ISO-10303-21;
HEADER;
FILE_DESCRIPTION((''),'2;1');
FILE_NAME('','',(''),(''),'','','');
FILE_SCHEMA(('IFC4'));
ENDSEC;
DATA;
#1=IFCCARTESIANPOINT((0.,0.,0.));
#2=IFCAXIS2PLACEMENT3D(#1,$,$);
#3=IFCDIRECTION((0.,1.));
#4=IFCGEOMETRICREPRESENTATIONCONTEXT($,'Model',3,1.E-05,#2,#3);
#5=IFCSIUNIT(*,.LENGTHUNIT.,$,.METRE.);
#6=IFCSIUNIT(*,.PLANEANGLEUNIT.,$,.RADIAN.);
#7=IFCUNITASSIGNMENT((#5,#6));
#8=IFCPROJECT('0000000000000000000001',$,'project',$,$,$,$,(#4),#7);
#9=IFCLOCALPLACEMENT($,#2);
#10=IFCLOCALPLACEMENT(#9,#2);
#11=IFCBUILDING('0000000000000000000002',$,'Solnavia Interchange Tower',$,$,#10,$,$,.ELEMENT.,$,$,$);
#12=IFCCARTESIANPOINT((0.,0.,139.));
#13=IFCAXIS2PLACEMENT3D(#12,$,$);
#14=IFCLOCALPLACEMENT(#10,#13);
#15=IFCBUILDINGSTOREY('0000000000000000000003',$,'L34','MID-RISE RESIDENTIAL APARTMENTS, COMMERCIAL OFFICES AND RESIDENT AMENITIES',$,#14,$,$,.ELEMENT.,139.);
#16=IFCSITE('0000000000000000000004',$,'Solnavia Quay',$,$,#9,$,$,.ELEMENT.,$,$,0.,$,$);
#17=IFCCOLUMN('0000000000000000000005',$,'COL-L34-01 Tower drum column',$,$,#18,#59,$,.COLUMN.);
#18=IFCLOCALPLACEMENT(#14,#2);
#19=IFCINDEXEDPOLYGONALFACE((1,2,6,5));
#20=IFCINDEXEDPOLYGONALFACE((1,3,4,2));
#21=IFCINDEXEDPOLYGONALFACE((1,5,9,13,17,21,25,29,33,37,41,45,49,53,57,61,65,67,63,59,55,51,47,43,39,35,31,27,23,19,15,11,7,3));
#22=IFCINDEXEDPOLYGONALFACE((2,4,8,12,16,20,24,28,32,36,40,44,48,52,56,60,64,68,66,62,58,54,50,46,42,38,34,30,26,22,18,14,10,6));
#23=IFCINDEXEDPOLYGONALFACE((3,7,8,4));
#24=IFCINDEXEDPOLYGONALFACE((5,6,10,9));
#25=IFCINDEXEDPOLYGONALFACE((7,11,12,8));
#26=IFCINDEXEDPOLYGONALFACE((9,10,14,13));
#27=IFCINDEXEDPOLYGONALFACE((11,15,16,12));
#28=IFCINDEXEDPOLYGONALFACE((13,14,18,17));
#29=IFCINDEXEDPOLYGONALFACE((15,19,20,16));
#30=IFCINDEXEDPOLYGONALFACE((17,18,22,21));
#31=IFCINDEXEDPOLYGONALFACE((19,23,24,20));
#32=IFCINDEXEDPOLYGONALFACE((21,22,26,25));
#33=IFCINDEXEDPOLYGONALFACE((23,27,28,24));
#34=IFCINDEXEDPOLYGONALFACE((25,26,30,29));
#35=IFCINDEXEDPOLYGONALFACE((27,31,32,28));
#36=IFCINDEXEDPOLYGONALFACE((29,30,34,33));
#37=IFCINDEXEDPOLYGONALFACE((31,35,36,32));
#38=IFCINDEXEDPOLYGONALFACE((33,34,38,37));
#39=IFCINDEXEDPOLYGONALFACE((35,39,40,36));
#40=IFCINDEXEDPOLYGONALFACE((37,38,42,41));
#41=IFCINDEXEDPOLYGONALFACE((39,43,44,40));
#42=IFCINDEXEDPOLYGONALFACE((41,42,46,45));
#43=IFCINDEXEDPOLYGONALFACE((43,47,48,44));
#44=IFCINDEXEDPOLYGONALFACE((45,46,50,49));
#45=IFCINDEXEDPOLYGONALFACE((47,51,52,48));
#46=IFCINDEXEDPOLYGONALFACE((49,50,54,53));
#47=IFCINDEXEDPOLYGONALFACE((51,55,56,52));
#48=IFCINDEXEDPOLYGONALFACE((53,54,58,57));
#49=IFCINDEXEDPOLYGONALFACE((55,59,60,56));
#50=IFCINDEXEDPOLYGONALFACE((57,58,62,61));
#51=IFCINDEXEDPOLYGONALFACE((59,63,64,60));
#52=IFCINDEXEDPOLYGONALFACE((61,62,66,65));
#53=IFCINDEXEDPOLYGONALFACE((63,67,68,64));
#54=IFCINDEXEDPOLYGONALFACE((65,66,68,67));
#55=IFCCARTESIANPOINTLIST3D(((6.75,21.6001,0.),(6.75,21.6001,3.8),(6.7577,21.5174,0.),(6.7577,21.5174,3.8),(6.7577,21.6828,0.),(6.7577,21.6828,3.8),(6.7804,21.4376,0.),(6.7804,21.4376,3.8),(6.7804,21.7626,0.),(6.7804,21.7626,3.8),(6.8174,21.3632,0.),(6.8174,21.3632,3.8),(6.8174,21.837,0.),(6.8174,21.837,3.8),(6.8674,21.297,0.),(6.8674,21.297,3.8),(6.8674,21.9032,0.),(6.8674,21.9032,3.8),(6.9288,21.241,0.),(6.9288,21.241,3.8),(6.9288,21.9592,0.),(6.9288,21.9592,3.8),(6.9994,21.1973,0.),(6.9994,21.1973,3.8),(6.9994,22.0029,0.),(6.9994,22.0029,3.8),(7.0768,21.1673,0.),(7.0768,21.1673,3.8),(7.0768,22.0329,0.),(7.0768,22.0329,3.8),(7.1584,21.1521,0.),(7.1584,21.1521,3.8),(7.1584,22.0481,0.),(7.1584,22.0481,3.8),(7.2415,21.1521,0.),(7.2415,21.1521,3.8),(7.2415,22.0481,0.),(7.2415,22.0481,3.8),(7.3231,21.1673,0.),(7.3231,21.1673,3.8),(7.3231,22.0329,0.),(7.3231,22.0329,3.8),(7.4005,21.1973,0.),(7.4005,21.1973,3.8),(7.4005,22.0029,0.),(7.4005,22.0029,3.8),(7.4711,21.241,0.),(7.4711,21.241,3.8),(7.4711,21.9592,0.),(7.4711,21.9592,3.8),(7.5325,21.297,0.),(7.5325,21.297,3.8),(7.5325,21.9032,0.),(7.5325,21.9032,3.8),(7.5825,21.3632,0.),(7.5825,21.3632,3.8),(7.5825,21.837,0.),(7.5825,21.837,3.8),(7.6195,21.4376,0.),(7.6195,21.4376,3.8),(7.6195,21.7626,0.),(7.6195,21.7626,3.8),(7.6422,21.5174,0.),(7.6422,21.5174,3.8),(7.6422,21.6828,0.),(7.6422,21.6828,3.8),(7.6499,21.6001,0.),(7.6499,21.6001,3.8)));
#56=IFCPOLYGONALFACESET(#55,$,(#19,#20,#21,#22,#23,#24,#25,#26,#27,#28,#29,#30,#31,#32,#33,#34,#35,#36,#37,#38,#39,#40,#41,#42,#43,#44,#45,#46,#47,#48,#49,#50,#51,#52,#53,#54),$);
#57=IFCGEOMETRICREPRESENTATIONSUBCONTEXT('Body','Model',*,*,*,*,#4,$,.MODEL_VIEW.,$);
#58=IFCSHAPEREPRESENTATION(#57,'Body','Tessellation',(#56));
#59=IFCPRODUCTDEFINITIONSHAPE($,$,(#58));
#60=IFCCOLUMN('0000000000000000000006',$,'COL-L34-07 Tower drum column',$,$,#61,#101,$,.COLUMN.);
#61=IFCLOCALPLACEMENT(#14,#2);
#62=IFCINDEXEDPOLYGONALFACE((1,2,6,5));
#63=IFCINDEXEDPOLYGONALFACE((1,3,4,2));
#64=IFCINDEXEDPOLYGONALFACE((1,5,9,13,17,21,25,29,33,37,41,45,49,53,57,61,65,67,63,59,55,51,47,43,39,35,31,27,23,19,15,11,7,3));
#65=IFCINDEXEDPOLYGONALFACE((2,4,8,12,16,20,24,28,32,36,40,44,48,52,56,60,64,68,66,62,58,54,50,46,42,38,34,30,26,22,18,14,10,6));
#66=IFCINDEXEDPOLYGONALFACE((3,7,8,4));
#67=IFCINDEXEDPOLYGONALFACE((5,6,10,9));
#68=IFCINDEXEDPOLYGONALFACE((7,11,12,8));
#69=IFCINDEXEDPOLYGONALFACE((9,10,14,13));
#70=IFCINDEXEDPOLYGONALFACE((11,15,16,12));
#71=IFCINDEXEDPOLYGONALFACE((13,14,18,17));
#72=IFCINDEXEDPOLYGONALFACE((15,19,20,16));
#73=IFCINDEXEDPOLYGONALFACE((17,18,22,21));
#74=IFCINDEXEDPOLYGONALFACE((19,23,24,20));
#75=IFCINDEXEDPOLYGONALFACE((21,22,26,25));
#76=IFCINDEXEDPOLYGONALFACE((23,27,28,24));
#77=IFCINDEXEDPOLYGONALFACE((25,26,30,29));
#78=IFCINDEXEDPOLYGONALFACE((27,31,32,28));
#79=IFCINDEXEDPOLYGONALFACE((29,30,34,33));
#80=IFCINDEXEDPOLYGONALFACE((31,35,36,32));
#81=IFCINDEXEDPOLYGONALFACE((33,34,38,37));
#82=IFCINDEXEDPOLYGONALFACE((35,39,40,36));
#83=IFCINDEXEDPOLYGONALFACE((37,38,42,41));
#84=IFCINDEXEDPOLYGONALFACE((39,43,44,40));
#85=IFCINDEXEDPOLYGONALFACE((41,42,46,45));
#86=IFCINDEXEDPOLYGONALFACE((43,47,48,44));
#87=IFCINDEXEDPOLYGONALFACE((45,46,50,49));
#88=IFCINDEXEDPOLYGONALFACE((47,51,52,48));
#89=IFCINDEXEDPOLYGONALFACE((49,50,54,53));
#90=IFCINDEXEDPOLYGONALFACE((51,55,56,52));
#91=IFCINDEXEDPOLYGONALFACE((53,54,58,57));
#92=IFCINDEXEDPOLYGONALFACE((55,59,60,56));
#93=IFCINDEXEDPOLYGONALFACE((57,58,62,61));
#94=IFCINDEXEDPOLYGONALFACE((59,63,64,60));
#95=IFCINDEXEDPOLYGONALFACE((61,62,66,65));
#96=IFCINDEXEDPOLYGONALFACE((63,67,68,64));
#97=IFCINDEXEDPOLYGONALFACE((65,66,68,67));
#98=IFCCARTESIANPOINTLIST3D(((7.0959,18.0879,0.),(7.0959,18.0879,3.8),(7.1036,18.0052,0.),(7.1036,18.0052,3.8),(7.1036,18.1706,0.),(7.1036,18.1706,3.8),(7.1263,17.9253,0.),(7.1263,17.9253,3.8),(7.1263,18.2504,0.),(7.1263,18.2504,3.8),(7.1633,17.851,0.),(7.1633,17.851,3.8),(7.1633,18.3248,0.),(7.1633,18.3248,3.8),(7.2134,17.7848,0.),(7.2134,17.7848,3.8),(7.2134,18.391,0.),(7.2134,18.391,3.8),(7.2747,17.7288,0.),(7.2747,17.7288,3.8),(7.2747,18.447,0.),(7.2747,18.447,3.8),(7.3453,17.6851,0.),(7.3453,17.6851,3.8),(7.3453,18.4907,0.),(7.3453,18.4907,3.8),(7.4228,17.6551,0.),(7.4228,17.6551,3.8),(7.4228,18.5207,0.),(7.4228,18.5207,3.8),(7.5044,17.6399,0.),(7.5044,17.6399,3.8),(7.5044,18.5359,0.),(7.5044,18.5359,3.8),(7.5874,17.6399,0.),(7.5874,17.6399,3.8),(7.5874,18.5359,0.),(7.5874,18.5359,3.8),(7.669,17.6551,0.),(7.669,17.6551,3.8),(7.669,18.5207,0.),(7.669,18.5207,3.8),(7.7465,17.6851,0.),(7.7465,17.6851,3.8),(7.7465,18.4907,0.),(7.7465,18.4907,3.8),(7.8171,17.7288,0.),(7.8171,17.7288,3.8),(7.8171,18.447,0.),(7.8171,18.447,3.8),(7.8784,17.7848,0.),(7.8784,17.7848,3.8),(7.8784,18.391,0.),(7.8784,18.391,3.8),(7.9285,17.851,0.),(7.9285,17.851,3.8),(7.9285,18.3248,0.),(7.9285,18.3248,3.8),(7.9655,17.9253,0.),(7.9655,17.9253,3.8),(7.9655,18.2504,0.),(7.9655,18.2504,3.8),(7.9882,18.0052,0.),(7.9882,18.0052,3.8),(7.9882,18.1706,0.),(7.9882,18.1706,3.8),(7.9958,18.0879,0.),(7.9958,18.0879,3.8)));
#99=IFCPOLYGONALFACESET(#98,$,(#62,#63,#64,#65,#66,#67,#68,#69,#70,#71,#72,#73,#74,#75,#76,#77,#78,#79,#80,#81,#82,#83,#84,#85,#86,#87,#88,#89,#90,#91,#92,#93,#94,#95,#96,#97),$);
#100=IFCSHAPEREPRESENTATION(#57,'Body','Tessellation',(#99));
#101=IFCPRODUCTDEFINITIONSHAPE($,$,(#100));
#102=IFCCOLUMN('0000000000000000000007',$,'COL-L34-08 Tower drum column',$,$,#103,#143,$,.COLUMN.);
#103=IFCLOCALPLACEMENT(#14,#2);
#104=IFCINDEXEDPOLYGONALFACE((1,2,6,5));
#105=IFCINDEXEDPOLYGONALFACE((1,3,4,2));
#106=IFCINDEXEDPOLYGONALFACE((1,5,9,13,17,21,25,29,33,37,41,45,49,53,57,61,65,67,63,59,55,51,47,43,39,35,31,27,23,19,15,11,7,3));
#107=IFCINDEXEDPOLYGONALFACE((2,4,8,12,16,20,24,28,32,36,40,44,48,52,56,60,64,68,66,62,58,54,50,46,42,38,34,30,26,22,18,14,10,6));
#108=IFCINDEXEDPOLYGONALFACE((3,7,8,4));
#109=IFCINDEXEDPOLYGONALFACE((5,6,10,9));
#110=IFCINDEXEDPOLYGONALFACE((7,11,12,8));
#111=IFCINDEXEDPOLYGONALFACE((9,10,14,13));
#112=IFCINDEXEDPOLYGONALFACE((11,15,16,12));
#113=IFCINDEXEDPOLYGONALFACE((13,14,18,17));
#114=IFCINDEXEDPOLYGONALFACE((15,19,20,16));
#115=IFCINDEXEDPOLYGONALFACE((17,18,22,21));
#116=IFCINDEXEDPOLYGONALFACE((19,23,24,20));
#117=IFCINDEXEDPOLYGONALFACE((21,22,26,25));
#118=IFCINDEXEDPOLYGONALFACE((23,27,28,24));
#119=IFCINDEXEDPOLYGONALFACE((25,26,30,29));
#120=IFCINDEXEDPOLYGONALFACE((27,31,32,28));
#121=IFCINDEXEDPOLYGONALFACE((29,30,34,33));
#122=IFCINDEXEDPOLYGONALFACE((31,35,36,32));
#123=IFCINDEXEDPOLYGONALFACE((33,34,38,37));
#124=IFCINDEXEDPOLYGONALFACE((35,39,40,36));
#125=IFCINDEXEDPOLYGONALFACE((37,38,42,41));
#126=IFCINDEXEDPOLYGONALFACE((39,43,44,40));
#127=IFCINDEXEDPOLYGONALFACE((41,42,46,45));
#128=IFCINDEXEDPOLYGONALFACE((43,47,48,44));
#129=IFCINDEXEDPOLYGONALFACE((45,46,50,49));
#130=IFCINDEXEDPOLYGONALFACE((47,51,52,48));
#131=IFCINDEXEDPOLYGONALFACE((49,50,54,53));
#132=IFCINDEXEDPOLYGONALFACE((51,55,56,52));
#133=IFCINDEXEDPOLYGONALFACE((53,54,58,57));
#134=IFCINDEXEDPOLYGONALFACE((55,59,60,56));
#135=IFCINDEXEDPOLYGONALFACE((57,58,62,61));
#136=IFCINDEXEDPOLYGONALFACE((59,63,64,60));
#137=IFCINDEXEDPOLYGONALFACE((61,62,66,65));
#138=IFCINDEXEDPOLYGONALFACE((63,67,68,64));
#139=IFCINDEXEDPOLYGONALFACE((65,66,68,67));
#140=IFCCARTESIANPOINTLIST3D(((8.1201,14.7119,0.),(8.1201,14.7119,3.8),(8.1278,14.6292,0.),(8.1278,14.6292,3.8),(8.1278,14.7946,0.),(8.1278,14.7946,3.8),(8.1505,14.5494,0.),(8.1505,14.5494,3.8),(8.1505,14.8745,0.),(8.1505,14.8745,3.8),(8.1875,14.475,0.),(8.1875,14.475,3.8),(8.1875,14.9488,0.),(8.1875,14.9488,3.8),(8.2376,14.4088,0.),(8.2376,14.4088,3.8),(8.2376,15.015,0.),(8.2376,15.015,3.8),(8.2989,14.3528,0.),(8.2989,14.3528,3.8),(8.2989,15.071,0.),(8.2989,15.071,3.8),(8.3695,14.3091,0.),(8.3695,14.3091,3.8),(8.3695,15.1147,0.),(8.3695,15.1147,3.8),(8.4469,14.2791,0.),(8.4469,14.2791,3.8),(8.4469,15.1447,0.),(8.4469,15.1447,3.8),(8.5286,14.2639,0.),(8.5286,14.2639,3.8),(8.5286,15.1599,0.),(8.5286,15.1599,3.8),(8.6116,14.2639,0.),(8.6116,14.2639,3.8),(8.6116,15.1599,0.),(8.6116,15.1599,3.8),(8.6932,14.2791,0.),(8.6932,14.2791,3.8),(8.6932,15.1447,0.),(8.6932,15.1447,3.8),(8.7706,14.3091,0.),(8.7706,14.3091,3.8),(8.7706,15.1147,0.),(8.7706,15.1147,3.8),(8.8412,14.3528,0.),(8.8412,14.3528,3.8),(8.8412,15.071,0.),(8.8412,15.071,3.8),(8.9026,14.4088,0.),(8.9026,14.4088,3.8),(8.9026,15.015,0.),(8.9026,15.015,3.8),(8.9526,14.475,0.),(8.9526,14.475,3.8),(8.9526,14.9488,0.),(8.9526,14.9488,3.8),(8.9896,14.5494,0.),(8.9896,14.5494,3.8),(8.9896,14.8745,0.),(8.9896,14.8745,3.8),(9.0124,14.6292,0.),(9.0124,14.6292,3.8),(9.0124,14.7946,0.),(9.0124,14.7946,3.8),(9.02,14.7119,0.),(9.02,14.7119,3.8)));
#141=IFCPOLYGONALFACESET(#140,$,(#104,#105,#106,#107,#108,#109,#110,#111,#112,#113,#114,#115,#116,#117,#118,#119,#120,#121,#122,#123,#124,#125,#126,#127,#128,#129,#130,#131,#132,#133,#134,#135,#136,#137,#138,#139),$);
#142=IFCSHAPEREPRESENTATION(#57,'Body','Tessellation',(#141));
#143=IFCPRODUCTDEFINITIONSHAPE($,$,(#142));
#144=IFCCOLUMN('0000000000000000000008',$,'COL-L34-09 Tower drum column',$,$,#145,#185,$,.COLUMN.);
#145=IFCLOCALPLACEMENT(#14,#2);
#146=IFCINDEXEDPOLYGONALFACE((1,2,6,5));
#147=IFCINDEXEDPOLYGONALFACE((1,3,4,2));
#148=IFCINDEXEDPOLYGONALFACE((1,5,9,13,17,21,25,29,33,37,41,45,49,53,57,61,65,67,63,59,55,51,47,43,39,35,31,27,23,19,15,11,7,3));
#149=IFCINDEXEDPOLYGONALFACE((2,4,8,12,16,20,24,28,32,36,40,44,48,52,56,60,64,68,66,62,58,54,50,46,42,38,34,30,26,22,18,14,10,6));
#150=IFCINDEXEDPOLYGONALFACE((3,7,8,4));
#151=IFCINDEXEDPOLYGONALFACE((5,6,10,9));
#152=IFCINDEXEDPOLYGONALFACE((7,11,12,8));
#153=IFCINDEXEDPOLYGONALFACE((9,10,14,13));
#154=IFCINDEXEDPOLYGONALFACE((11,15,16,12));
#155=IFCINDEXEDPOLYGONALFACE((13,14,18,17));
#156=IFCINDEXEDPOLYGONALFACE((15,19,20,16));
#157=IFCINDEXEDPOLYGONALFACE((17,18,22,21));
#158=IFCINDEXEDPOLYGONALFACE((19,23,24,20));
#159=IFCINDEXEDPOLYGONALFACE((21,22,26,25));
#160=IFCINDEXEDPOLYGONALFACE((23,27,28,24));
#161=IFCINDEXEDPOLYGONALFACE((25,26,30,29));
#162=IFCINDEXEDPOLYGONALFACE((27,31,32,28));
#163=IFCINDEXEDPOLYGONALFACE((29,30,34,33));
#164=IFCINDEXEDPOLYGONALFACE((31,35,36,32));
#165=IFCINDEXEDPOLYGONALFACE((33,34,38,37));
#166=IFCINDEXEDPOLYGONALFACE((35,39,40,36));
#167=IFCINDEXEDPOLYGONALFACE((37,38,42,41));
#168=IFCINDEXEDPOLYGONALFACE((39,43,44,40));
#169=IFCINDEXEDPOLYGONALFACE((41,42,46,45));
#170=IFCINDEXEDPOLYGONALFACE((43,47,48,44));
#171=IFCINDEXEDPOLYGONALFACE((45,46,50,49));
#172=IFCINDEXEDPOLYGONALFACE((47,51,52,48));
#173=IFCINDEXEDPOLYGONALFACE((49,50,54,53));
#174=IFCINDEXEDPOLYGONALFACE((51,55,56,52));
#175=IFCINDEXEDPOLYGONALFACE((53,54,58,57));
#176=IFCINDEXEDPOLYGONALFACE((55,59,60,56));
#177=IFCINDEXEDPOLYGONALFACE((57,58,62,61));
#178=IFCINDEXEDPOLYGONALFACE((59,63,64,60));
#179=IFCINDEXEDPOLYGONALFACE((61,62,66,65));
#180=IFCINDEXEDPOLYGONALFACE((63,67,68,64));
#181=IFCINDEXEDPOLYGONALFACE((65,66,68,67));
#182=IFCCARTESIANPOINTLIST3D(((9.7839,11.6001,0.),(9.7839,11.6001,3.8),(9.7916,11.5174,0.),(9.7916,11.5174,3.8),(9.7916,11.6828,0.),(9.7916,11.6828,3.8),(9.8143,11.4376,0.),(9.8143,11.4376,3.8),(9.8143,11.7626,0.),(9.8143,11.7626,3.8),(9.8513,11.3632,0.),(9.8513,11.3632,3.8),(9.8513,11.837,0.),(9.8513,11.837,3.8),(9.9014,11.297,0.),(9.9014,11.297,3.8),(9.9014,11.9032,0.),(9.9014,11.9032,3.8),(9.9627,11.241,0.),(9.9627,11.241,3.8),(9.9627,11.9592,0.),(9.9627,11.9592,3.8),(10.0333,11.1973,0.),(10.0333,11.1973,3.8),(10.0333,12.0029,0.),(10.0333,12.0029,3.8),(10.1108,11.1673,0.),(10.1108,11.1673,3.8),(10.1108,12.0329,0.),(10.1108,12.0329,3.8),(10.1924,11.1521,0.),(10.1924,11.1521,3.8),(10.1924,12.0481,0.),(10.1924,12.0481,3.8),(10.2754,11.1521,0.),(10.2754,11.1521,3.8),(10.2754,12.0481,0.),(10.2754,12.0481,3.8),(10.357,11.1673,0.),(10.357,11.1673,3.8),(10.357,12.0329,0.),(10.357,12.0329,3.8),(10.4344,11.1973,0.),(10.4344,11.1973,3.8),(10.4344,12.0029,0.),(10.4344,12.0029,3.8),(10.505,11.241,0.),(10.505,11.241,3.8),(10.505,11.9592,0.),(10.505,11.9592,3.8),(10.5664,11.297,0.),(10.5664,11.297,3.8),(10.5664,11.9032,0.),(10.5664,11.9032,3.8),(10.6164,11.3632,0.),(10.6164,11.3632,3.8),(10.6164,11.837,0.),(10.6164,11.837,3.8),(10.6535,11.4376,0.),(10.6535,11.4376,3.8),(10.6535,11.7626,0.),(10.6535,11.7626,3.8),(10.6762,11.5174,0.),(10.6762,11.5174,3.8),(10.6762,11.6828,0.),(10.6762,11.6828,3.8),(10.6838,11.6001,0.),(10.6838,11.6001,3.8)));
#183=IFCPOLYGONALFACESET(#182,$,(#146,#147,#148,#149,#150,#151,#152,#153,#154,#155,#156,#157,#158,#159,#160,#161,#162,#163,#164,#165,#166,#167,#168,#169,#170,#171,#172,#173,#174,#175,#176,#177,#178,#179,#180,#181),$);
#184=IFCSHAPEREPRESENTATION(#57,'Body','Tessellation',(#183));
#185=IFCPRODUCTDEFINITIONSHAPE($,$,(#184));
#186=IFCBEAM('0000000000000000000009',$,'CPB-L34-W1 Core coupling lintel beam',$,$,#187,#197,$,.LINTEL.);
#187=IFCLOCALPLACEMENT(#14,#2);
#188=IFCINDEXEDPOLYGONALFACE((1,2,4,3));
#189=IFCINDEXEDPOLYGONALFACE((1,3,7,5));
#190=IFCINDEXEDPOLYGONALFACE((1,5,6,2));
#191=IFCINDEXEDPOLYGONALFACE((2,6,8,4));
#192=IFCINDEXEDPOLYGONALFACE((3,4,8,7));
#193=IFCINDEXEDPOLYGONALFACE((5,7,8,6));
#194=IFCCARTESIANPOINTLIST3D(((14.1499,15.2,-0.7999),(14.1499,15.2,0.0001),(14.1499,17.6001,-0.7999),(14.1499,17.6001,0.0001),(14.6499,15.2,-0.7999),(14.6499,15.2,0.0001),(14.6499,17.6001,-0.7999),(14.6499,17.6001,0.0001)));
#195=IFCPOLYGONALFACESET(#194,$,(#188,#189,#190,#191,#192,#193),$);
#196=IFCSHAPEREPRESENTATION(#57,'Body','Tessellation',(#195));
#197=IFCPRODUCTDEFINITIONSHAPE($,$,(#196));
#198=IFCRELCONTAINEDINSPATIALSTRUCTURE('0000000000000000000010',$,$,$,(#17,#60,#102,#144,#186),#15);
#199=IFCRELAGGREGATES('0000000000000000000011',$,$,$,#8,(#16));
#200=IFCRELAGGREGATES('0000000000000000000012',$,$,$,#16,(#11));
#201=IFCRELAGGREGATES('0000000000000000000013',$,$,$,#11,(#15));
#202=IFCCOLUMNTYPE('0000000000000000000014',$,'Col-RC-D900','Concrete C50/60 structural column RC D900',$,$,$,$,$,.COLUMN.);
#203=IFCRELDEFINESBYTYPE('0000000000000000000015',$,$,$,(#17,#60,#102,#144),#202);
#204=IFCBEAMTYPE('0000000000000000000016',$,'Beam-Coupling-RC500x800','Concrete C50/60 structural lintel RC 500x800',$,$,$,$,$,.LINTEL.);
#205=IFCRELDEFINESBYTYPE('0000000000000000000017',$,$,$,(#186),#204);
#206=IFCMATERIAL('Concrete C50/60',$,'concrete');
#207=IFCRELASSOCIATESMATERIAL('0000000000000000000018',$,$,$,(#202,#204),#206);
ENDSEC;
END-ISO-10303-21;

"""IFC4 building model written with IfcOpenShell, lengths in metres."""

from ifc_helpers import new_model, si_unit, direction, frame, origin, origin_2d, place, context, subcontext, project, spatial, rectangle, circle, extrude, material, material_profile, profile_set, type_object, element, save


model = new_model("IFC4")

# Units and contexts
model_context = context("Model", 3, precision=1e-05, world=origin(), true_north=direction((0.0, 1.0)))
body_context = subcontext(model_context, "Body", "Model", "MODEL_VIEW")
ifc_project = project(units=[si_unit("LENGTHUNIT", "METRE"), si_unit("PLANEANGLEUNIT", "RADIAN")], contexts=[model_context])

# Site, building, storey
site_placement = place(None, origin())
site = spatial("IfcSite", under=ifc_project, at=site_placement, Name="Solnavia Quay", CompositionType="ELEMENT", RefElevation=0.0)
building_placement = place(site_placement, origin())
building = spatial("IfcBuilding", under=site, at=building_placement, Name="Solnavia Interchange Tower", CompositionType="ELEMENT")
storey_placement = place(building_placement, frame((0.0, 0.0, 139.0)))
storey = spatial("IfcBuildingStorey", under=building, at=storey_placement, Name="L34", Description="MID-RISE RESIDENTIAL APARTMENTS, COMMERCIAL OFFICES AND RESIDENT AMENITIES", CompositionType="ELEMENT", Elevation=139.0)

# Columns
ifc_material_1 = material(Name="Concrete C50/60", Category="concrete")
ifc_material_profile_1 = material_profile(ifc_material_1, circle(Radius=0.45, at=origin_2d()), Name="RC D900")
ifc_profile_set_1 = profile_set([ifc_material_profile_1], Name="Concrete C50/60")
column_type = type_object("IfcColumnType", Name="Col-RC-D900", Description="Concrete C50/60 structural column RC D900", PredefinedType="COLUMN", material=ifc_profile_set_1)
for number, where, z_axis, x_axis, name in (
    (1, (7.2, 21.6001, 0.0), (0.0, 0.0, 1.0), (1.0, 0.0, 0.0), "COL-L34-01 Tower drum column"),
    (2, (7.5459, 18.0879, 0.0), (0.0, 0.0, 1.0), (1.0, 0.0, 0.0), "COL-L34-07 Tower drum column"),
    (3, (8.5701, 14.7119, 0.0), (0.0, 0.0, 1.0), (1.0, 0.0, 0.0), "COL-L34-08 Tower drum column"),
    (4, (10.2339, 11.6001, 0.0), (0.0, 0.0, 1.0), (1.0, 0.0, 0.0), "COL-L34-09 Tower drum column"),
):
    element("IfcColumn", number, at=place(storey_placement, frame(where, z_axis=z_axis, x_axis=x_axis)), inside=storey, type_object=column_type, Name=name, PredefinedType="COLUMN", context=body_context, shape_type="SweptSolid", body=[
        extrude(circle(Radius=0.45, at=origin_2d()), origin(), (0.0, 0.0, 1.0), 3.8),
    ])

# Beam
ifc_material_profile_2 = material_profile(ifc_material_1, rectangle(XDim=0.5, YDim=0.8, at=origin_2d()), Name="RC 500x800")
ifc_profile_set_2 = profile_set([ifc_material_profile_2], Name="Concrete C50/60")
beam_type_1 = type_object("IfcBeamType", Name="Beam-Coupling-RC500x800", Description="Concrete C50/60 structural lintel RC 500x800", PredefinedType="LINTEL", material=ifc_profile_set_2)
beam_1_placement = place(storey_placement, frame((14.3999, 15.2, -0.3999), z_axis=(0.0, 1.0, 0.0), x_axis=(-1.0, 0.0, 0.0)))
element("IfcBeam", 5, at=beam_1_placement, inside=storey, type_object=beam_type_1, Name="CPB-L34-W1 Core coupling lintel beam", PredefinedType="LINTEL", context=body_context, shape_type="SweptSolid", body=[
    extrude(rectangle(XDim=0.5, YDim=0.8, at=origin_2d()), origin(), (0.0, 0.0, 1.0), 2.4001),
])

save(model, "model.ifc")
